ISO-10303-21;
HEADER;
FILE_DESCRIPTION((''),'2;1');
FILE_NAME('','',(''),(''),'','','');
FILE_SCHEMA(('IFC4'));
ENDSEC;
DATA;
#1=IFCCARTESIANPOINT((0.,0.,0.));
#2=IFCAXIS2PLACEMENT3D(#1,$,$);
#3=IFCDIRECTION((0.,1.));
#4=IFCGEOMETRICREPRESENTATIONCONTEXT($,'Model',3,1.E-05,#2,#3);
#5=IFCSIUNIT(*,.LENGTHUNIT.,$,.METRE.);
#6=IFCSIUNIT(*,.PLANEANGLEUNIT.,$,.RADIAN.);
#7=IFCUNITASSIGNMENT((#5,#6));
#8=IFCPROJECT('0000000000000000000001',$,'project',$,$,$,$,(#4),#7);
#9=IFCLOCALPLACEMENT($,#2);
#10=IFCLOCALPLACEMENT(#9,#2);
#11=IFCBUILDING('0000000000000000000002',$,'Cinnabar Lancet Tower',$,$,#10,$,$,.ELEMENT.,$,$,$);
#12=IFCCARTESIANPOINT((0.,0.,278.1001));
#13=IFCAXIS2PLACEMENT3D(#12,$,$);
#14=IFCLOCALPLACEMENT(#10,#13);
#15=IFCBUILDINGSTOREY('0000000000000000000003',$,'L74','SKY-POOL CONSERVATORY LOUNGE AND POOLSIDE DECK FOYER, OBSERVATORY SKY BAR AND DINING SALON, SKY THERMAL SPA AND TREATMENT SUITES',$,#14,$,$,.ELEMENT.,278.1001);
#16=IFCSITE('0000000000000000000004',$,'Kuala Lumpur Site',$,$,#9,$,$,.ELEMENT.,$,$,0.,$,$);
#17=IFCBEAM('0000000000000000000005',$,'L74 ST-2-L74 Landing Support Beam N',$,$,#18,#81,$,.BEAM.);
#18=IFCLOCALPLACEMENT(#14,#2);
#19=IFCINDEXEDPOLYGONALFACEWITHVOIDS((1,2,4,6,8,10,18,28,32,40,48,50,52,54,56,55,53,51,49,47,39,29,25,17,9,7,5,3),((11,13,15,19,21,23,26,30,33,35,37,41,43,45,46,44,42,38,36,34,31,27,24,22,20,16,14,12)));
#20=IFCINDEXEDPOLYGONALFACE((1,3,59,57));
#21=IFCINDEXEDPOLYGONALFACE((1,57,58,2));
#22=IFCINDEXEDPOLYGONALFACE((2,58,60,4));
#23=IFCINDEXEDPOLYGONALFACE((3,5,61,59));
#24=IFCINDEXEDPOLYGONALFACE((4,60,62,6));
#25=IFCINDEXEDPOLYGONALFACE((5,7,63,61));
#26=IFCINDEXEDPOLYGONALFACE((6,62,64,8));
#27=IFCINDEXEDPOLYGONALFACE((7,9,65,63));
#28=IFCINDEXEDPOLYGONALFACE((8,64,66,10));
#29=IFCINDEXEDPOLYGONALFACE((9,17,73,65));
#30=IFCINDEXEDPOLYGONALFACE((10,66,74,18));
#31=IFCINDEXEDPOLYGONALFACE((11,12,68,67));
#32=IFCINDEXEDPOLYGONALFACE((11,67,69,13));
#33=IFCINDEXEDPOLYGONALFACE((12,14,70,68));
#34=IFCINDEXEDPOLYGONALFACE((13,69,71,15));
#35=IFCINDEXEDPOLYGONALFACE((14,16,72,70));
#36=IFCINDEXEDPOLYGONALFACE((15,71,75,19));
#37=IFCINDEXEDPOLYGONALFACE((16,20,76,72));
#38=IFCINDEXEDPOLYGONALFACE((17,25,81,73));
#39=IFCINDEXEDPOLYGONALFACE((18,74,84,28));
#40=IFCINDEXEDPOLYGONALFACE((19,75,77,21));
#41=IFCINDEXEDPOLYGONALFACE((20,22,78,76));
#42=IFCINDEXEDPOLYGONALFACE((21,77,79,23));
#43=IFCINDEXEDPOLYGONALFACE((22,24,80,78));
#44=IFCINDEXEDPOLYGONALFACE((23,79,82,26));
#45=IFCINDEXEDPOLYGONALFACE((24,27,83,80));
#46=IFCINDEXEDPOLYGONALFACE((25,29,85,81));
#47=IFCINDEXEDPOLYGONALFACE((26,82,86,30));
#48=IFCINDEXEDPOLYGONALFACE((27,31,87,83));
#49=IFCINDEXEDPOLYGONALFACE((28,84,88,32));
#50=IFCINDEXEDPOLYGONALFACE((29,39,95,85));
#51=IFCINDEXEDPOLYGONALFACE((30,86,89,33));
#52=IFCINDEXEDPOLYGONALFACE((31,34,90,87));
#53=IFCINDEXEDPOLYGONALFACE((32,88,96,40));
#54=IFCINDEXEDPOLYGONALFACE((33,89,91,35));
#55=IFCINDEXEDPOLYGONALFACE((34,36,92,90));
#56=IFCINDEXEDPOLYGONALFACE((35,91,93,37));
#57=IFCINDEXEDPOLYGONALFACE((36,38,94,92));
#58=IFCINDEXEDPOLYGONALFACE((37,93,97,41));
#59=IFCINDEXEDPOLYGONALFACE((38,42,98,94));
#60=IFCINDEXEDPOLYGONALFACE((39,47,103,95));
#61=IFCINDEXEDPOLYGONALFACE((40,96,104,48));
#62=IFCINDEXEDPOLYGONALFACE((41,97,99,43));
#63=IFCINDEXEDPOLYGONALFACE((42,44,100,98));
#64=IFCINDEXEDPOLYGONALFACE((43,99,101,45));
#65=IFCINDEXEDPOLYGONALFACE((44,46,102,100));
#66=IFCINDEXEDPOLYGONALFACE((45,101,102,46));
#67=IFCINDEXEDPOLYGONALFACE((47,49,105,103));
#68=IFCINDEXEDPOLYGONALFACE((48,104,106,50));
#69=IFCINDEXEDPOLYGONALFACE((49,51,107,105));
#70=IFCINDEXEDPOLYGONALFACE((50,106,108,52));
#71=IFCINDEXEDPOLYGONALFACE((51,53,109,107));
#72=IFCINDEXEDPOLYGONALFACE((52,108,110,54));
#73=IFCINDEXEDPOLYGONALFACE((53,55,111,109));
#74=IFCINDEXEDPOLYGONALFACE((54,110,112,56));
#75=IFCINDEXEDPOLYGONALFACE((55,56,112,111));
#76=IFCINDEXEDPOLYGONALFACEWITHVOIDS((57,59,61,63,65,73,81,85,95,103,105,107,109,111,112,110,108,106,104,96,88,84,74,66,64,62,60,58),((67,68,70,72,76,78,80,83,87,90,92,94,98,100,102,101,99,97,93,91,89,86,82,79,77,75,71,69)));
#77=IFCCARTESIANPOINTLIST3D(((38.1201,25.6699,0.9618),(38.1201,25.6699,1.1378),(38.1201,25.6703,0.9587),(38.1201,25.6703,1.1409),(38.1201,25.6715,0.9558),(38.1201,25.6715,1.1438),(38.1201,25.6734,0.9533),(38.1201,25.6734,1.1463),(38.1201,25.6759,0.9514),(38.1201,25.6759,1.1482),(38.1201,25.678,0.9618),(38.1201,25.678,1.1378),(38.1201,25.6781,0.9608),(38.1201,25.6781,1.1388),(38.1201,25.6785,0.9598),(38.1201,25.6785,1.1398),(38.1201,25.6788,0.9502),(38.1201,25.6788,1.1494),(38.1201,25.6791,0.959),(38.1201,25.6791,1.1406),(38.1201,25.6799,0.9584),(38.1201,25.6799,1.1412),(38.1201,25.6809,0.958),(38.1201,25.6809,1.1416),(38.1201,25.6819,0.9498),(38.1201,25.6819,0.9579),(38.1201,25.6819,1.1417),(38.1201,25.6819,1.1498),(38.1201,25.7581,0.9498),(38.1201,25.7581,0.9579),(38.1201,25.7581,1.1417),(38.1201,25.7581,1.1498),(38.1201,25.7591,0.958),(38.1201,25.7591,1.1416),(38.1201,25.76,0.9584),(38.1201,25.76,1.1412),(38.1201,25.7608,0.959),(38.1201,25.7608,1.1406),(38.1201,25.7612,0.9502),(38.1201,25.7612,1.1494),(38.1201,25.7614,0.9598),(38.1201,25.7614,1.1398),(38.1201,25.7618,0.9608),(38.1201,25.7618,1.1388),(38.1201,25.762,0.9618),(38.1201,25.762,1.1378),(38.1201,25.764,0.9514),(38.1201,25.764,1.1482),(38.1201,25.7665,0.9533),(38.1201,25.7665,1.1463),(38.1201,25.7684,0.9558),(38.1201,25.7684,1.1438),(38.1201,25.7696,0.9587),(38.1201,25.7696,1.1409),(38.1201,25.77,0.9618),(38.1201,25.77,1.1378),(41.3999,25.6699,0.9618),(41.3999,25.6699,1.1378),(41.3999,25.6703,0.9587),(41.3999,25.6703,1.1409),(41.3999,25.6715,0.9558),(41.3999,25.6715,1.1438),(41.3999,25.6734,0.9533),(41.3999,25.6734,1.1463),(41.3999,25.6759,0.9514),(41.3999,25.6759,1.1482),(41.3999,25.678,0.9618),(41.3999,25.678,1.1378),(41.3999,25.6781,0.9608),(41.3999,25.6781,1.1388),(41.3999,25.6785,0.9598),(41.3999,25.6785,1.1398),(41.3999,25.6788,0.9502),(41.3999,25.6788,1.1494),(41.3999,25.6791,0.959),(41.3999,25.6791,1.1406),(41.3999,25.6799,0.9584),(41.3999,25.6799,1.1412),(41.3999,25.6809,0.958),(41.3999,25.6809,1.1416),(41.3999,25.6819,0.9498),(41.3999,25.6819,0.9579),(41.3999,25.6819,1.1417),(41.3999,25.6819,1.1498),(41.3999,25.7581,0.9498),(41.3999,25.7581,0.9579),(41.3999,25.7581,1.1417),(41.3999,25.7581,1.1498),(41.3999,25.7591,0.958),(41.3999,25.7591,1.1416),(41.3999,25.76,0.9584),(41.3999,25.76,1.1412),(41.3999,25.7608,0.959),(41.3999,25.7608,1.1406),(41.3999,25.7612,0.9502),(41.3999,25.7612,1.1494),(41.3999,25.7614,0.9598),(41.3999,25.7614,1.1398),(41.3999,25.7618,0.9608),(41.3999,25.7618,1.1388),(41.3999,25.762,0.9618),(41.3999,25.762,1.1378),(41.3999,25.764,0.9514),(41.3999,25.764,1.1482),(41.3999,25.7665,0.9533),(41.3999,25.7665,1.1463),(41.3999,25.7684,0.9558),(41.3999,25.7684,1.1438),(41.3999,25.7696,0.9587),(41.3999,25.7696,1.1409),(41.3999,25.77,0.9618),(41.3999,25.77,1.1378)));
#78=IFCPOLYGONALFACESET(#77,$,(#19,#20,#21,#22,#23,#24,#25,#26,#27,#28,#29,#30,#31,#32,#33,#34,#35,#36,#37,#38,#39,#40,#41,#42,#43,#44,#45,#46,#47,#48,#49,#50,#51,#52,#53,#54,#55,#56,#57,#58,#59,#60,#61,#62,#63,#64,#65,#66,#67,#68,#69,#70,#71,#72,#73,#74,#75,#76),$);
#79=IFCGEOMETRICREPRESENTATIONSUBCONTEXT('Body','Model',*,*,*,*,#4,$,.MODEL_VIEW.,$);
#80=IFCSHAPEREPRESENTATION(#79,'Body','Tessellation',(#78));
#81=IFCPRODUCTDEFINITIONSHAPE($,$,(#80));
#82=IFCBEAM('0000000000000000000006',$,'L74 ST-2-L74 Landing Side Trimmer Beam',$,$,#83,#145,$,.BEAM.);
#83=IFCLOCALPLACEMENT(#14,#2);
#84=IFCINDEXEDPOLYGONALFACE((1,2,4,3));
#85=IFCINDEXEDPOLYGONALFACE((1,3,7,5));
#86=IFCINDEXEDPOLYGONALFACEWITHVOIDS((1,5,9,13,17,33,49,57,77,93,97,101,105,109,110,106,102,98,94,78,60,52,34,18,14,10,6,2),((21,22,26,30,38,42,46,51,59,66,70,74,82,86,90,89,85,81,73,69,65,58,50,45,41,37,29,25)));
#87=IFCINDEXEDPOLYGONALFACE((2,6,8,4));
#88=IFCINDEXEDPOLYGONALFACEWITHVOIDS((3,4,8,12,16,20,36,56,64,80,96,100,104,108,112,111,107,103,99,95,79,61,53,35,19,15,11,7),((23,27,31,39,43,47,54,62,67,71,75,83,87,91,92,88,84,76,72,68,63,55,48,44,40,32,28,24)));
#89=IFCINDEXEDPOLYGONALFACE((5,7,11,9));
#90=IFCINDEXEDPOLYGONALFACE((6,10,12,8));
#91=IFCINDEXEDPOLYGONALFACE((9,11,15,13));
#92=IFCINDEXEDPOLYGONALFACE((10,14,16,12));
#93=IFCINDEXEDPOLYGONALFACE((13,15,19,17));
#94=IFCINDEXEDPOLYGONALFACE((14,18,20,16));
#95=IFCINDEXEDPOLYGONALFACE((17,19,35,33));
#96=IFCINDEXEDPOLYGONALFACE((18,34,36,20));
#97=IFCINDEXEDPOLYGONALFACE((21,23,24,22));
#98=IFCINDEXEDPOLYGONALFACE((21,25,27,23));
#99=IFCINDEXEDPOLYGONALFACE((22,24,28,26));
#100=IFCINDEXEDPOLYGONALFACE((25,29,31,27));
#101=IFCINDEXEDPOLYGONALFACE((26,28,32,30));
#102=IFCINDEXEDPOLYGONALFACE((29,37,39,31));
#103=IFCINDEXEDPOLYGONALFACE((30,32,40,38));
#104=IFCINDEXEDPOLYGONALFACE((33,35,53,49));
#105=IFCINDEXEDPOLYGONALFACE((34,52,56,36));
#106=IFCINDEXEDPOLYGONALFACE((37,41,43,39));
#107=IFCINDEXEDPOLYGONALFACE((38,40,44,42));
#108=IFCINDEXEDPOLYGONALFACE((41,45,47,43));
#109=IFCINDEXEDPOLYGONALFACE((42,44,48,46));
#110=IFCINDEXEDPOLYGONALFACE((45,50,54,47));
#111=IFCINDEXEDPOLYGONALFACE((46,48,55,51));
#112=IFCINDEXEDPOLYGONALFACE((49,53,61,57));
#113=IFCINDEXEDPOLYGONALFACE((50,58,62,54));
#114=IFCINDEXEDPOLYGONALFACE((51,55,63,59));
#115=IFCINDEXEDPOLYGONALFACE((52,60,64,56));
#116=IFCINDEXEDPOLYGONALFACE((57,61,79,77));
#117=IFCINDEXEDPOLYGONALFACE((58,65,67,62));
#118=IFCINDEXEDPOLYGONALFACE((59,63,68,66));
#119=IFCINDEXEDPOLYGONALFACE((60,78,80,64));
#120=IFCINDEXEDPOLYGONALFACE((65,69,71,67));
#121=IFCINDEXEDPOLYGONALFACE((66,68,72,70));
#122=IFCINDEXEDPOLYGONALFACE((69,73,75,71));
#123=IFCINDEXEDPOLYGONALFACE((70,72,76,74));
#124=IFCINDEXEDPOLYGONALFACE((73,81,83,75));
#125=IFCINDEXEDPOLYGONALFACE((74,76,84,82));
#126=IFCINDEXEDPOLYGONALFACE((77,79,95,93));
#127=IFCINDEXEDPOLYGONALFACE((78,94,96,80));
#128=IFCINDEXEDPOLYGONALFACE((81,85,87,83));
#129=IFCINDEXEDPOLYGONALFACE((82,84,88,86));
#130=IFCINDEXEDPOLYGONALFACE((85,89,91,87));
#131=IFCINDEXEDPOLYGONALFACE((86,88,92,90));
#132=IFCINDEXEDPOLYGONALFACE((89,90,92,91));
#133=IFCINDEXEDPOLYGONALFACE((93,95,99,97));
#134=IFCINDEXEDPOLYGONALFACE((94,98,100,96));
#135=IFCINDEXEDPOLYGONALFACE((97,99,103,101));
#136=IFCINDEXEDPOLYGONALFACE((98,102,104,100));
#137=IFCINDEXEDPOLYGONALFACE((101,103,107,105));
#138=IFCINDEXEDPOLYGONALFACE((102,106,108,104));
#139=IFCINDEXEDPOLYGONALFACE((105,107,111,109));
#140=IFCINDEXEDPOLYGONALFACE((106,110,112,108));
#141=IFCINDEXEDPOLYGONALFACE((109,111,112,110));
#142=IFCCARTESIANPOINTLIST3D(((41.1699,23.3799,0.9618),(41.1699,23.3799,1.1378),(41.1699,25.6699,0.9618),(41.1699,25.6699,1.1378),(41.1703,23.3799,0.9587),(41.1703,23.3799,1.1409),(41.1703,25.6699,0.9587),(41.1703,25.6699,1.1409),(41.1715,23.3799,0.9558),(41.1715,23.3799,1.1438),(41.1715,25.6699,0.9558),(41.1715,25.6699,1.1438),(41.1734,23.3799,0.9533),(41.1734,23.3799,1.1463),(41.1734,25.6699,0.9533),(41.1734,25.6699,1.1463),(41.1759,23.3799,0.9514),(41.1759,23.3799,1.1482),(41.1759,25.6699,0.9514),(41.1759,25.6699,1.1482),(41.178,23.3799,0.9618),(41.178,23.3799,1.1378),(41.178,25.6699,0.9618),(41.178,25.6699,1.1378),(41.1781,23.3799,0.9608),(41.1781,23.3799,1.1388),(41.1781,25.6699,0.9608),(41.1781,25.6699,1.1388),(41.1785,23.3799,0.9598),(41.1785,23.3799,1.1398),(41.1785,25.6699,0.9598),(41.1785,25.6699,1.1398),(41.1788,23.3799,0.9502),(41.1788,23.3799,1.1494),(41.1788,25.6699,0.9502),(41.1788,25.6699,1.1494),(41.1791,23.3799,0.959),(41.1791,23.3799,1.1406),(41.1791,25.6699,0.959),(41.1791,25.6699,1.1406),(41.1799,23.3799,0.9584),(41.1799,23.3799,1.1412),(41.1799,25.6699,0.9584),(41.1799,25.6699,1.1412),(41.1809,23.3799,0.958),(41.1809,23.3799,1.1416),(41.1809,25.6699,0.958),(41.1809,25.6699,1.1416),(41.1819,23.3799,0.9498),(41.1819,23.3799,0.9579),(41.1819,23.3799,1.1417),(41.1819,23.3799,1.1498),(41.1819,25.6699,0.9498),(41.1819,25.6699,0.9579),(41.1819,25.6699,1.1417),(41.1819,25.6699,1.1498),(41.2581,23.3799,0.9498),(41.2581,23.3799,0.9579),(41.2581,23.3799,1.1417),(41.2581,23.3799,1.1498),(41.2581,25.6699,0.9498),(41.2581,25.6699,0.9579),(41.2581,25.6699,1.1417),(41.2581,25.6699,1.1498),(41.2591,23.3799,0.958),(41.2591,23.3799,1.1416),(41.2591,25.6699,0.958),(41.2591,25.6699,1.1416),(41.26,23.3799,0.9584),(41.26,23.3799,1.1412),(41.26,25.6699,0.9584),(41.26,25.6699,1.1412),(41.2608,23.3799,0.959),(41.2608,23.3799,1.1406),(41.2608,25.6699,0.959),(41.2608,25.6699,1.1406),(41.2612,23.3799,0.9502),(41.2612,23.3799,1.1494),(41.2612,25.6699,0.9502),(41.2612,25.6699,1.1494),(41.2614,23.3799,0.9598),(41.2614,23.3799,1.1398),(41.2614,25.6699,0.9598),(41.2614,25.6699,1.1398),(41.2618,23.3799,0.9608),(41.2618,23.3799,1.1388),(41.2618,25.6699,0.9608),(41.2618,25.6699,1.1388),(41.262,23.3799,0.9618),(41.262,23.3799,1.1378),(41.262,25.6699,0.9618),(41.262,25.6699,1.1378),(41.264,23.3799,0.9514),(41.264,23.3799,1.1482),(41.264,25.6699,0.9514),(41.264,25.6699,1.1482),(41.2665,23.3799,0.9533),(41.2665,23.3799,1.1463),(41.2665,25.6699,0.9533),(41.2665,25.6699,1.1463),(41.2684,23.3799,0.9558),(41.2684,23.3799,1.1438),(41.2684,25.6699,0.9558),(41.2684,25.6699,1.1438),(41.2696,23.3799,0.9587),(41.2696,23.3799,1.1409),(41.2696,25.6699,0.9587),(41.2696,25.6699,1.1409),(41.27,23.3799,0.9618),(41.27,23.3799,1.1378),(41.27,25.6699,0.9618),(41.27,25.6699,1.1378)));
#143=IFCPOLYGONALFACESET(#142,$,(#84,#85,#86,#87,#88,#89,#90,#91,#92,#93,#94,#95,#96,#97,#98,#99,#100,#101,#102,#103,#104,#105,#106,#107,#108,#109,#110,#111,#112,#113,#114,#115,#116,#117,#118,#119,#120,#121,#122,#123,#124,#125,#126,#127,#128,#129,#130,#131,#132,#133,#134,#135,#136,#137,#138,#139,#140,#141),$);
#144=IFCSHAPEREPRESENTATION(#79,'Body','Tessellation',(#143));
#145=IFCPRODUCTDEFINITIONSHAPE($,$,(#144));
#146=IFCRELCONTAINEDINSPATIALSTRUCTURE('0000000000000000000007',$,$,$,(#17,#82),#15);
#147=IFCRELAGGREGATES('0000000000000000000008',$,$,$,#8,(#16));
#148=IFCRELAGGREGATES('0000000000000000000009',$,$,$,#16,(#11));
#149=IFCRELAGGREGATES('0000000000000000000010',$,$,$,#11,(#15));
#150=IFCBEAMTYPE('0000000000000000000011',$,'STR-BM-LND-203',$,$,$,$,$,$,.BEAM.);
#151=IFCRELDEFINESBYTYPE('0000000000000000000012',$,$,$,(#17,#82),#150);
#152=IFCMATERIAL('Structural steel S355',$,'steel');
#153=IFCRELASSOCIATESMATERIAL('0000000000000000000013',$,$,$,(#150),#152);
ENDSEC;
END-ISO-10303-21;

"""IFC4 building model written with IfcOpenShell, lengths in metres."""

from ifc_helpers import new_model, si_unit, direction, frame, origin, origin_2d, place, context, subcontext, project, spatial, hollow_rectangle, extrude, material, material_profile, profile_set, type_object, element, save


model = new_model("IFC4")

# Units and contexts
model_context = context("Model", 3, precision=1e-05, world=origin(), true_north=direction((0.0, 1.0)))
body_context = subcontext(model_context, "Body", "Model", "MODEL_VIEW")
ifc_project = project(units=[si_unit("LENGTHUNIT", "METRE"), si_unit("PLANEANGLEUNIT", "RADIAN")], contexts=[model_context])

# Site, building, storey
site_placement = place(None, origin())
site = spatial("IfcSite", under=ifc_project, at=site_placement, Name="Kuala Lumpur Site", CompositionType="ELEMENT", RefElevation=0.0)
building_placement = place(site_placement, origin())
building = spatial("IfcBuilding", under=site, at=building_placement, Name="Cinnabar Lancet Tower", CompositionType="ELEMENT")
storey_placement = place(building_placement, frame((0.0, 0.0, 278.1001)))
storey = spatial("IfcBuildingStorey", under=building, at=storey_placement, Name="L74", Description="SKY-POOL CONSERVATORY LOUNGE AND POOLSIDE DECK FOYER, OBSERVATORY SKY BAR AND DINING SALON, SKY THERMAL SPA AND TREATMENT SUITES", CompositionType="ELEMENT", Elevation=278.1001)

# Beams
ifc_material_1 = material(Name="Structural steel S355", Category="steel")
ifc_material_profile_1 = material_profile(ifc_material_1, hollow_rectangle(XDim=0.1001, YDim=0.2, WallThickness=0.0081, InnerFilletRadius=0.0039, OuterFilletRadius=0.012, at=origin_2d()), Name="RHS 200x100x8")
ifc_profile_set_1 = profile_set([ifc_material_profile_1], Name="Structural steel S355")
beam_type_1 = type_object("IfcBeamType", Name="STR-BM-LND-203", PredefinedType="BEAM", material=ifc_profile_set_1)
for number, where, z_axis, x_axis, name in (
    (1, (38.1201, 25.72, 1.0498), (1.0, 0.0, 0.0), (0.0, 1.0, 0.0), "L74 ST-2-L74 Landing Support Beam N"),
):
    element("IfcBeam", number, at=place(storey_placement, frame(where, z_axis=z_axis, x_axis=x_axis)), inside=storey, type_object=beam_type_1, Name=name, PredefinedType="BEAM", context=body_context, shape_type="SweptSolid", body=[
        extrude(hollow_rectangle(XDim=0.1001, YDim=0.2, WallThickness=0.0081, InnerFilletRadius=0.0039, OuterFilletRadius=0.012, at=origin_2d()), origin(), (0.0, 0.0, 1.0), 3.2798),
    ])
beam_1_placement = place(storey_placement, frame((41.22, 23.3799, 1.0498), z_axis=(0.0, 1.0, 0.0), x_axis=(-1.0, 0.0, 0.0)))
element("IfcBeam", 2, at=beam_1_placement, inside=storey, type_object=beam_type_1, Name="L74 ST-2-L74 Landing Side Trimmer Beam", PredefinedType="BEAM", context=body_context, shape_type="SweptSolid", body=[
    extrude(hollow_rectangle(XDim=0.1001, YDim=0.2, WallThickness=0.0081, InnerFilletRadius=0.0039, OuterFilletRadius=0.012, at=origin_2d()), origin(), (0.0, 0.0, 1.0), 2.29),
])

save(model, "model.ifc")
